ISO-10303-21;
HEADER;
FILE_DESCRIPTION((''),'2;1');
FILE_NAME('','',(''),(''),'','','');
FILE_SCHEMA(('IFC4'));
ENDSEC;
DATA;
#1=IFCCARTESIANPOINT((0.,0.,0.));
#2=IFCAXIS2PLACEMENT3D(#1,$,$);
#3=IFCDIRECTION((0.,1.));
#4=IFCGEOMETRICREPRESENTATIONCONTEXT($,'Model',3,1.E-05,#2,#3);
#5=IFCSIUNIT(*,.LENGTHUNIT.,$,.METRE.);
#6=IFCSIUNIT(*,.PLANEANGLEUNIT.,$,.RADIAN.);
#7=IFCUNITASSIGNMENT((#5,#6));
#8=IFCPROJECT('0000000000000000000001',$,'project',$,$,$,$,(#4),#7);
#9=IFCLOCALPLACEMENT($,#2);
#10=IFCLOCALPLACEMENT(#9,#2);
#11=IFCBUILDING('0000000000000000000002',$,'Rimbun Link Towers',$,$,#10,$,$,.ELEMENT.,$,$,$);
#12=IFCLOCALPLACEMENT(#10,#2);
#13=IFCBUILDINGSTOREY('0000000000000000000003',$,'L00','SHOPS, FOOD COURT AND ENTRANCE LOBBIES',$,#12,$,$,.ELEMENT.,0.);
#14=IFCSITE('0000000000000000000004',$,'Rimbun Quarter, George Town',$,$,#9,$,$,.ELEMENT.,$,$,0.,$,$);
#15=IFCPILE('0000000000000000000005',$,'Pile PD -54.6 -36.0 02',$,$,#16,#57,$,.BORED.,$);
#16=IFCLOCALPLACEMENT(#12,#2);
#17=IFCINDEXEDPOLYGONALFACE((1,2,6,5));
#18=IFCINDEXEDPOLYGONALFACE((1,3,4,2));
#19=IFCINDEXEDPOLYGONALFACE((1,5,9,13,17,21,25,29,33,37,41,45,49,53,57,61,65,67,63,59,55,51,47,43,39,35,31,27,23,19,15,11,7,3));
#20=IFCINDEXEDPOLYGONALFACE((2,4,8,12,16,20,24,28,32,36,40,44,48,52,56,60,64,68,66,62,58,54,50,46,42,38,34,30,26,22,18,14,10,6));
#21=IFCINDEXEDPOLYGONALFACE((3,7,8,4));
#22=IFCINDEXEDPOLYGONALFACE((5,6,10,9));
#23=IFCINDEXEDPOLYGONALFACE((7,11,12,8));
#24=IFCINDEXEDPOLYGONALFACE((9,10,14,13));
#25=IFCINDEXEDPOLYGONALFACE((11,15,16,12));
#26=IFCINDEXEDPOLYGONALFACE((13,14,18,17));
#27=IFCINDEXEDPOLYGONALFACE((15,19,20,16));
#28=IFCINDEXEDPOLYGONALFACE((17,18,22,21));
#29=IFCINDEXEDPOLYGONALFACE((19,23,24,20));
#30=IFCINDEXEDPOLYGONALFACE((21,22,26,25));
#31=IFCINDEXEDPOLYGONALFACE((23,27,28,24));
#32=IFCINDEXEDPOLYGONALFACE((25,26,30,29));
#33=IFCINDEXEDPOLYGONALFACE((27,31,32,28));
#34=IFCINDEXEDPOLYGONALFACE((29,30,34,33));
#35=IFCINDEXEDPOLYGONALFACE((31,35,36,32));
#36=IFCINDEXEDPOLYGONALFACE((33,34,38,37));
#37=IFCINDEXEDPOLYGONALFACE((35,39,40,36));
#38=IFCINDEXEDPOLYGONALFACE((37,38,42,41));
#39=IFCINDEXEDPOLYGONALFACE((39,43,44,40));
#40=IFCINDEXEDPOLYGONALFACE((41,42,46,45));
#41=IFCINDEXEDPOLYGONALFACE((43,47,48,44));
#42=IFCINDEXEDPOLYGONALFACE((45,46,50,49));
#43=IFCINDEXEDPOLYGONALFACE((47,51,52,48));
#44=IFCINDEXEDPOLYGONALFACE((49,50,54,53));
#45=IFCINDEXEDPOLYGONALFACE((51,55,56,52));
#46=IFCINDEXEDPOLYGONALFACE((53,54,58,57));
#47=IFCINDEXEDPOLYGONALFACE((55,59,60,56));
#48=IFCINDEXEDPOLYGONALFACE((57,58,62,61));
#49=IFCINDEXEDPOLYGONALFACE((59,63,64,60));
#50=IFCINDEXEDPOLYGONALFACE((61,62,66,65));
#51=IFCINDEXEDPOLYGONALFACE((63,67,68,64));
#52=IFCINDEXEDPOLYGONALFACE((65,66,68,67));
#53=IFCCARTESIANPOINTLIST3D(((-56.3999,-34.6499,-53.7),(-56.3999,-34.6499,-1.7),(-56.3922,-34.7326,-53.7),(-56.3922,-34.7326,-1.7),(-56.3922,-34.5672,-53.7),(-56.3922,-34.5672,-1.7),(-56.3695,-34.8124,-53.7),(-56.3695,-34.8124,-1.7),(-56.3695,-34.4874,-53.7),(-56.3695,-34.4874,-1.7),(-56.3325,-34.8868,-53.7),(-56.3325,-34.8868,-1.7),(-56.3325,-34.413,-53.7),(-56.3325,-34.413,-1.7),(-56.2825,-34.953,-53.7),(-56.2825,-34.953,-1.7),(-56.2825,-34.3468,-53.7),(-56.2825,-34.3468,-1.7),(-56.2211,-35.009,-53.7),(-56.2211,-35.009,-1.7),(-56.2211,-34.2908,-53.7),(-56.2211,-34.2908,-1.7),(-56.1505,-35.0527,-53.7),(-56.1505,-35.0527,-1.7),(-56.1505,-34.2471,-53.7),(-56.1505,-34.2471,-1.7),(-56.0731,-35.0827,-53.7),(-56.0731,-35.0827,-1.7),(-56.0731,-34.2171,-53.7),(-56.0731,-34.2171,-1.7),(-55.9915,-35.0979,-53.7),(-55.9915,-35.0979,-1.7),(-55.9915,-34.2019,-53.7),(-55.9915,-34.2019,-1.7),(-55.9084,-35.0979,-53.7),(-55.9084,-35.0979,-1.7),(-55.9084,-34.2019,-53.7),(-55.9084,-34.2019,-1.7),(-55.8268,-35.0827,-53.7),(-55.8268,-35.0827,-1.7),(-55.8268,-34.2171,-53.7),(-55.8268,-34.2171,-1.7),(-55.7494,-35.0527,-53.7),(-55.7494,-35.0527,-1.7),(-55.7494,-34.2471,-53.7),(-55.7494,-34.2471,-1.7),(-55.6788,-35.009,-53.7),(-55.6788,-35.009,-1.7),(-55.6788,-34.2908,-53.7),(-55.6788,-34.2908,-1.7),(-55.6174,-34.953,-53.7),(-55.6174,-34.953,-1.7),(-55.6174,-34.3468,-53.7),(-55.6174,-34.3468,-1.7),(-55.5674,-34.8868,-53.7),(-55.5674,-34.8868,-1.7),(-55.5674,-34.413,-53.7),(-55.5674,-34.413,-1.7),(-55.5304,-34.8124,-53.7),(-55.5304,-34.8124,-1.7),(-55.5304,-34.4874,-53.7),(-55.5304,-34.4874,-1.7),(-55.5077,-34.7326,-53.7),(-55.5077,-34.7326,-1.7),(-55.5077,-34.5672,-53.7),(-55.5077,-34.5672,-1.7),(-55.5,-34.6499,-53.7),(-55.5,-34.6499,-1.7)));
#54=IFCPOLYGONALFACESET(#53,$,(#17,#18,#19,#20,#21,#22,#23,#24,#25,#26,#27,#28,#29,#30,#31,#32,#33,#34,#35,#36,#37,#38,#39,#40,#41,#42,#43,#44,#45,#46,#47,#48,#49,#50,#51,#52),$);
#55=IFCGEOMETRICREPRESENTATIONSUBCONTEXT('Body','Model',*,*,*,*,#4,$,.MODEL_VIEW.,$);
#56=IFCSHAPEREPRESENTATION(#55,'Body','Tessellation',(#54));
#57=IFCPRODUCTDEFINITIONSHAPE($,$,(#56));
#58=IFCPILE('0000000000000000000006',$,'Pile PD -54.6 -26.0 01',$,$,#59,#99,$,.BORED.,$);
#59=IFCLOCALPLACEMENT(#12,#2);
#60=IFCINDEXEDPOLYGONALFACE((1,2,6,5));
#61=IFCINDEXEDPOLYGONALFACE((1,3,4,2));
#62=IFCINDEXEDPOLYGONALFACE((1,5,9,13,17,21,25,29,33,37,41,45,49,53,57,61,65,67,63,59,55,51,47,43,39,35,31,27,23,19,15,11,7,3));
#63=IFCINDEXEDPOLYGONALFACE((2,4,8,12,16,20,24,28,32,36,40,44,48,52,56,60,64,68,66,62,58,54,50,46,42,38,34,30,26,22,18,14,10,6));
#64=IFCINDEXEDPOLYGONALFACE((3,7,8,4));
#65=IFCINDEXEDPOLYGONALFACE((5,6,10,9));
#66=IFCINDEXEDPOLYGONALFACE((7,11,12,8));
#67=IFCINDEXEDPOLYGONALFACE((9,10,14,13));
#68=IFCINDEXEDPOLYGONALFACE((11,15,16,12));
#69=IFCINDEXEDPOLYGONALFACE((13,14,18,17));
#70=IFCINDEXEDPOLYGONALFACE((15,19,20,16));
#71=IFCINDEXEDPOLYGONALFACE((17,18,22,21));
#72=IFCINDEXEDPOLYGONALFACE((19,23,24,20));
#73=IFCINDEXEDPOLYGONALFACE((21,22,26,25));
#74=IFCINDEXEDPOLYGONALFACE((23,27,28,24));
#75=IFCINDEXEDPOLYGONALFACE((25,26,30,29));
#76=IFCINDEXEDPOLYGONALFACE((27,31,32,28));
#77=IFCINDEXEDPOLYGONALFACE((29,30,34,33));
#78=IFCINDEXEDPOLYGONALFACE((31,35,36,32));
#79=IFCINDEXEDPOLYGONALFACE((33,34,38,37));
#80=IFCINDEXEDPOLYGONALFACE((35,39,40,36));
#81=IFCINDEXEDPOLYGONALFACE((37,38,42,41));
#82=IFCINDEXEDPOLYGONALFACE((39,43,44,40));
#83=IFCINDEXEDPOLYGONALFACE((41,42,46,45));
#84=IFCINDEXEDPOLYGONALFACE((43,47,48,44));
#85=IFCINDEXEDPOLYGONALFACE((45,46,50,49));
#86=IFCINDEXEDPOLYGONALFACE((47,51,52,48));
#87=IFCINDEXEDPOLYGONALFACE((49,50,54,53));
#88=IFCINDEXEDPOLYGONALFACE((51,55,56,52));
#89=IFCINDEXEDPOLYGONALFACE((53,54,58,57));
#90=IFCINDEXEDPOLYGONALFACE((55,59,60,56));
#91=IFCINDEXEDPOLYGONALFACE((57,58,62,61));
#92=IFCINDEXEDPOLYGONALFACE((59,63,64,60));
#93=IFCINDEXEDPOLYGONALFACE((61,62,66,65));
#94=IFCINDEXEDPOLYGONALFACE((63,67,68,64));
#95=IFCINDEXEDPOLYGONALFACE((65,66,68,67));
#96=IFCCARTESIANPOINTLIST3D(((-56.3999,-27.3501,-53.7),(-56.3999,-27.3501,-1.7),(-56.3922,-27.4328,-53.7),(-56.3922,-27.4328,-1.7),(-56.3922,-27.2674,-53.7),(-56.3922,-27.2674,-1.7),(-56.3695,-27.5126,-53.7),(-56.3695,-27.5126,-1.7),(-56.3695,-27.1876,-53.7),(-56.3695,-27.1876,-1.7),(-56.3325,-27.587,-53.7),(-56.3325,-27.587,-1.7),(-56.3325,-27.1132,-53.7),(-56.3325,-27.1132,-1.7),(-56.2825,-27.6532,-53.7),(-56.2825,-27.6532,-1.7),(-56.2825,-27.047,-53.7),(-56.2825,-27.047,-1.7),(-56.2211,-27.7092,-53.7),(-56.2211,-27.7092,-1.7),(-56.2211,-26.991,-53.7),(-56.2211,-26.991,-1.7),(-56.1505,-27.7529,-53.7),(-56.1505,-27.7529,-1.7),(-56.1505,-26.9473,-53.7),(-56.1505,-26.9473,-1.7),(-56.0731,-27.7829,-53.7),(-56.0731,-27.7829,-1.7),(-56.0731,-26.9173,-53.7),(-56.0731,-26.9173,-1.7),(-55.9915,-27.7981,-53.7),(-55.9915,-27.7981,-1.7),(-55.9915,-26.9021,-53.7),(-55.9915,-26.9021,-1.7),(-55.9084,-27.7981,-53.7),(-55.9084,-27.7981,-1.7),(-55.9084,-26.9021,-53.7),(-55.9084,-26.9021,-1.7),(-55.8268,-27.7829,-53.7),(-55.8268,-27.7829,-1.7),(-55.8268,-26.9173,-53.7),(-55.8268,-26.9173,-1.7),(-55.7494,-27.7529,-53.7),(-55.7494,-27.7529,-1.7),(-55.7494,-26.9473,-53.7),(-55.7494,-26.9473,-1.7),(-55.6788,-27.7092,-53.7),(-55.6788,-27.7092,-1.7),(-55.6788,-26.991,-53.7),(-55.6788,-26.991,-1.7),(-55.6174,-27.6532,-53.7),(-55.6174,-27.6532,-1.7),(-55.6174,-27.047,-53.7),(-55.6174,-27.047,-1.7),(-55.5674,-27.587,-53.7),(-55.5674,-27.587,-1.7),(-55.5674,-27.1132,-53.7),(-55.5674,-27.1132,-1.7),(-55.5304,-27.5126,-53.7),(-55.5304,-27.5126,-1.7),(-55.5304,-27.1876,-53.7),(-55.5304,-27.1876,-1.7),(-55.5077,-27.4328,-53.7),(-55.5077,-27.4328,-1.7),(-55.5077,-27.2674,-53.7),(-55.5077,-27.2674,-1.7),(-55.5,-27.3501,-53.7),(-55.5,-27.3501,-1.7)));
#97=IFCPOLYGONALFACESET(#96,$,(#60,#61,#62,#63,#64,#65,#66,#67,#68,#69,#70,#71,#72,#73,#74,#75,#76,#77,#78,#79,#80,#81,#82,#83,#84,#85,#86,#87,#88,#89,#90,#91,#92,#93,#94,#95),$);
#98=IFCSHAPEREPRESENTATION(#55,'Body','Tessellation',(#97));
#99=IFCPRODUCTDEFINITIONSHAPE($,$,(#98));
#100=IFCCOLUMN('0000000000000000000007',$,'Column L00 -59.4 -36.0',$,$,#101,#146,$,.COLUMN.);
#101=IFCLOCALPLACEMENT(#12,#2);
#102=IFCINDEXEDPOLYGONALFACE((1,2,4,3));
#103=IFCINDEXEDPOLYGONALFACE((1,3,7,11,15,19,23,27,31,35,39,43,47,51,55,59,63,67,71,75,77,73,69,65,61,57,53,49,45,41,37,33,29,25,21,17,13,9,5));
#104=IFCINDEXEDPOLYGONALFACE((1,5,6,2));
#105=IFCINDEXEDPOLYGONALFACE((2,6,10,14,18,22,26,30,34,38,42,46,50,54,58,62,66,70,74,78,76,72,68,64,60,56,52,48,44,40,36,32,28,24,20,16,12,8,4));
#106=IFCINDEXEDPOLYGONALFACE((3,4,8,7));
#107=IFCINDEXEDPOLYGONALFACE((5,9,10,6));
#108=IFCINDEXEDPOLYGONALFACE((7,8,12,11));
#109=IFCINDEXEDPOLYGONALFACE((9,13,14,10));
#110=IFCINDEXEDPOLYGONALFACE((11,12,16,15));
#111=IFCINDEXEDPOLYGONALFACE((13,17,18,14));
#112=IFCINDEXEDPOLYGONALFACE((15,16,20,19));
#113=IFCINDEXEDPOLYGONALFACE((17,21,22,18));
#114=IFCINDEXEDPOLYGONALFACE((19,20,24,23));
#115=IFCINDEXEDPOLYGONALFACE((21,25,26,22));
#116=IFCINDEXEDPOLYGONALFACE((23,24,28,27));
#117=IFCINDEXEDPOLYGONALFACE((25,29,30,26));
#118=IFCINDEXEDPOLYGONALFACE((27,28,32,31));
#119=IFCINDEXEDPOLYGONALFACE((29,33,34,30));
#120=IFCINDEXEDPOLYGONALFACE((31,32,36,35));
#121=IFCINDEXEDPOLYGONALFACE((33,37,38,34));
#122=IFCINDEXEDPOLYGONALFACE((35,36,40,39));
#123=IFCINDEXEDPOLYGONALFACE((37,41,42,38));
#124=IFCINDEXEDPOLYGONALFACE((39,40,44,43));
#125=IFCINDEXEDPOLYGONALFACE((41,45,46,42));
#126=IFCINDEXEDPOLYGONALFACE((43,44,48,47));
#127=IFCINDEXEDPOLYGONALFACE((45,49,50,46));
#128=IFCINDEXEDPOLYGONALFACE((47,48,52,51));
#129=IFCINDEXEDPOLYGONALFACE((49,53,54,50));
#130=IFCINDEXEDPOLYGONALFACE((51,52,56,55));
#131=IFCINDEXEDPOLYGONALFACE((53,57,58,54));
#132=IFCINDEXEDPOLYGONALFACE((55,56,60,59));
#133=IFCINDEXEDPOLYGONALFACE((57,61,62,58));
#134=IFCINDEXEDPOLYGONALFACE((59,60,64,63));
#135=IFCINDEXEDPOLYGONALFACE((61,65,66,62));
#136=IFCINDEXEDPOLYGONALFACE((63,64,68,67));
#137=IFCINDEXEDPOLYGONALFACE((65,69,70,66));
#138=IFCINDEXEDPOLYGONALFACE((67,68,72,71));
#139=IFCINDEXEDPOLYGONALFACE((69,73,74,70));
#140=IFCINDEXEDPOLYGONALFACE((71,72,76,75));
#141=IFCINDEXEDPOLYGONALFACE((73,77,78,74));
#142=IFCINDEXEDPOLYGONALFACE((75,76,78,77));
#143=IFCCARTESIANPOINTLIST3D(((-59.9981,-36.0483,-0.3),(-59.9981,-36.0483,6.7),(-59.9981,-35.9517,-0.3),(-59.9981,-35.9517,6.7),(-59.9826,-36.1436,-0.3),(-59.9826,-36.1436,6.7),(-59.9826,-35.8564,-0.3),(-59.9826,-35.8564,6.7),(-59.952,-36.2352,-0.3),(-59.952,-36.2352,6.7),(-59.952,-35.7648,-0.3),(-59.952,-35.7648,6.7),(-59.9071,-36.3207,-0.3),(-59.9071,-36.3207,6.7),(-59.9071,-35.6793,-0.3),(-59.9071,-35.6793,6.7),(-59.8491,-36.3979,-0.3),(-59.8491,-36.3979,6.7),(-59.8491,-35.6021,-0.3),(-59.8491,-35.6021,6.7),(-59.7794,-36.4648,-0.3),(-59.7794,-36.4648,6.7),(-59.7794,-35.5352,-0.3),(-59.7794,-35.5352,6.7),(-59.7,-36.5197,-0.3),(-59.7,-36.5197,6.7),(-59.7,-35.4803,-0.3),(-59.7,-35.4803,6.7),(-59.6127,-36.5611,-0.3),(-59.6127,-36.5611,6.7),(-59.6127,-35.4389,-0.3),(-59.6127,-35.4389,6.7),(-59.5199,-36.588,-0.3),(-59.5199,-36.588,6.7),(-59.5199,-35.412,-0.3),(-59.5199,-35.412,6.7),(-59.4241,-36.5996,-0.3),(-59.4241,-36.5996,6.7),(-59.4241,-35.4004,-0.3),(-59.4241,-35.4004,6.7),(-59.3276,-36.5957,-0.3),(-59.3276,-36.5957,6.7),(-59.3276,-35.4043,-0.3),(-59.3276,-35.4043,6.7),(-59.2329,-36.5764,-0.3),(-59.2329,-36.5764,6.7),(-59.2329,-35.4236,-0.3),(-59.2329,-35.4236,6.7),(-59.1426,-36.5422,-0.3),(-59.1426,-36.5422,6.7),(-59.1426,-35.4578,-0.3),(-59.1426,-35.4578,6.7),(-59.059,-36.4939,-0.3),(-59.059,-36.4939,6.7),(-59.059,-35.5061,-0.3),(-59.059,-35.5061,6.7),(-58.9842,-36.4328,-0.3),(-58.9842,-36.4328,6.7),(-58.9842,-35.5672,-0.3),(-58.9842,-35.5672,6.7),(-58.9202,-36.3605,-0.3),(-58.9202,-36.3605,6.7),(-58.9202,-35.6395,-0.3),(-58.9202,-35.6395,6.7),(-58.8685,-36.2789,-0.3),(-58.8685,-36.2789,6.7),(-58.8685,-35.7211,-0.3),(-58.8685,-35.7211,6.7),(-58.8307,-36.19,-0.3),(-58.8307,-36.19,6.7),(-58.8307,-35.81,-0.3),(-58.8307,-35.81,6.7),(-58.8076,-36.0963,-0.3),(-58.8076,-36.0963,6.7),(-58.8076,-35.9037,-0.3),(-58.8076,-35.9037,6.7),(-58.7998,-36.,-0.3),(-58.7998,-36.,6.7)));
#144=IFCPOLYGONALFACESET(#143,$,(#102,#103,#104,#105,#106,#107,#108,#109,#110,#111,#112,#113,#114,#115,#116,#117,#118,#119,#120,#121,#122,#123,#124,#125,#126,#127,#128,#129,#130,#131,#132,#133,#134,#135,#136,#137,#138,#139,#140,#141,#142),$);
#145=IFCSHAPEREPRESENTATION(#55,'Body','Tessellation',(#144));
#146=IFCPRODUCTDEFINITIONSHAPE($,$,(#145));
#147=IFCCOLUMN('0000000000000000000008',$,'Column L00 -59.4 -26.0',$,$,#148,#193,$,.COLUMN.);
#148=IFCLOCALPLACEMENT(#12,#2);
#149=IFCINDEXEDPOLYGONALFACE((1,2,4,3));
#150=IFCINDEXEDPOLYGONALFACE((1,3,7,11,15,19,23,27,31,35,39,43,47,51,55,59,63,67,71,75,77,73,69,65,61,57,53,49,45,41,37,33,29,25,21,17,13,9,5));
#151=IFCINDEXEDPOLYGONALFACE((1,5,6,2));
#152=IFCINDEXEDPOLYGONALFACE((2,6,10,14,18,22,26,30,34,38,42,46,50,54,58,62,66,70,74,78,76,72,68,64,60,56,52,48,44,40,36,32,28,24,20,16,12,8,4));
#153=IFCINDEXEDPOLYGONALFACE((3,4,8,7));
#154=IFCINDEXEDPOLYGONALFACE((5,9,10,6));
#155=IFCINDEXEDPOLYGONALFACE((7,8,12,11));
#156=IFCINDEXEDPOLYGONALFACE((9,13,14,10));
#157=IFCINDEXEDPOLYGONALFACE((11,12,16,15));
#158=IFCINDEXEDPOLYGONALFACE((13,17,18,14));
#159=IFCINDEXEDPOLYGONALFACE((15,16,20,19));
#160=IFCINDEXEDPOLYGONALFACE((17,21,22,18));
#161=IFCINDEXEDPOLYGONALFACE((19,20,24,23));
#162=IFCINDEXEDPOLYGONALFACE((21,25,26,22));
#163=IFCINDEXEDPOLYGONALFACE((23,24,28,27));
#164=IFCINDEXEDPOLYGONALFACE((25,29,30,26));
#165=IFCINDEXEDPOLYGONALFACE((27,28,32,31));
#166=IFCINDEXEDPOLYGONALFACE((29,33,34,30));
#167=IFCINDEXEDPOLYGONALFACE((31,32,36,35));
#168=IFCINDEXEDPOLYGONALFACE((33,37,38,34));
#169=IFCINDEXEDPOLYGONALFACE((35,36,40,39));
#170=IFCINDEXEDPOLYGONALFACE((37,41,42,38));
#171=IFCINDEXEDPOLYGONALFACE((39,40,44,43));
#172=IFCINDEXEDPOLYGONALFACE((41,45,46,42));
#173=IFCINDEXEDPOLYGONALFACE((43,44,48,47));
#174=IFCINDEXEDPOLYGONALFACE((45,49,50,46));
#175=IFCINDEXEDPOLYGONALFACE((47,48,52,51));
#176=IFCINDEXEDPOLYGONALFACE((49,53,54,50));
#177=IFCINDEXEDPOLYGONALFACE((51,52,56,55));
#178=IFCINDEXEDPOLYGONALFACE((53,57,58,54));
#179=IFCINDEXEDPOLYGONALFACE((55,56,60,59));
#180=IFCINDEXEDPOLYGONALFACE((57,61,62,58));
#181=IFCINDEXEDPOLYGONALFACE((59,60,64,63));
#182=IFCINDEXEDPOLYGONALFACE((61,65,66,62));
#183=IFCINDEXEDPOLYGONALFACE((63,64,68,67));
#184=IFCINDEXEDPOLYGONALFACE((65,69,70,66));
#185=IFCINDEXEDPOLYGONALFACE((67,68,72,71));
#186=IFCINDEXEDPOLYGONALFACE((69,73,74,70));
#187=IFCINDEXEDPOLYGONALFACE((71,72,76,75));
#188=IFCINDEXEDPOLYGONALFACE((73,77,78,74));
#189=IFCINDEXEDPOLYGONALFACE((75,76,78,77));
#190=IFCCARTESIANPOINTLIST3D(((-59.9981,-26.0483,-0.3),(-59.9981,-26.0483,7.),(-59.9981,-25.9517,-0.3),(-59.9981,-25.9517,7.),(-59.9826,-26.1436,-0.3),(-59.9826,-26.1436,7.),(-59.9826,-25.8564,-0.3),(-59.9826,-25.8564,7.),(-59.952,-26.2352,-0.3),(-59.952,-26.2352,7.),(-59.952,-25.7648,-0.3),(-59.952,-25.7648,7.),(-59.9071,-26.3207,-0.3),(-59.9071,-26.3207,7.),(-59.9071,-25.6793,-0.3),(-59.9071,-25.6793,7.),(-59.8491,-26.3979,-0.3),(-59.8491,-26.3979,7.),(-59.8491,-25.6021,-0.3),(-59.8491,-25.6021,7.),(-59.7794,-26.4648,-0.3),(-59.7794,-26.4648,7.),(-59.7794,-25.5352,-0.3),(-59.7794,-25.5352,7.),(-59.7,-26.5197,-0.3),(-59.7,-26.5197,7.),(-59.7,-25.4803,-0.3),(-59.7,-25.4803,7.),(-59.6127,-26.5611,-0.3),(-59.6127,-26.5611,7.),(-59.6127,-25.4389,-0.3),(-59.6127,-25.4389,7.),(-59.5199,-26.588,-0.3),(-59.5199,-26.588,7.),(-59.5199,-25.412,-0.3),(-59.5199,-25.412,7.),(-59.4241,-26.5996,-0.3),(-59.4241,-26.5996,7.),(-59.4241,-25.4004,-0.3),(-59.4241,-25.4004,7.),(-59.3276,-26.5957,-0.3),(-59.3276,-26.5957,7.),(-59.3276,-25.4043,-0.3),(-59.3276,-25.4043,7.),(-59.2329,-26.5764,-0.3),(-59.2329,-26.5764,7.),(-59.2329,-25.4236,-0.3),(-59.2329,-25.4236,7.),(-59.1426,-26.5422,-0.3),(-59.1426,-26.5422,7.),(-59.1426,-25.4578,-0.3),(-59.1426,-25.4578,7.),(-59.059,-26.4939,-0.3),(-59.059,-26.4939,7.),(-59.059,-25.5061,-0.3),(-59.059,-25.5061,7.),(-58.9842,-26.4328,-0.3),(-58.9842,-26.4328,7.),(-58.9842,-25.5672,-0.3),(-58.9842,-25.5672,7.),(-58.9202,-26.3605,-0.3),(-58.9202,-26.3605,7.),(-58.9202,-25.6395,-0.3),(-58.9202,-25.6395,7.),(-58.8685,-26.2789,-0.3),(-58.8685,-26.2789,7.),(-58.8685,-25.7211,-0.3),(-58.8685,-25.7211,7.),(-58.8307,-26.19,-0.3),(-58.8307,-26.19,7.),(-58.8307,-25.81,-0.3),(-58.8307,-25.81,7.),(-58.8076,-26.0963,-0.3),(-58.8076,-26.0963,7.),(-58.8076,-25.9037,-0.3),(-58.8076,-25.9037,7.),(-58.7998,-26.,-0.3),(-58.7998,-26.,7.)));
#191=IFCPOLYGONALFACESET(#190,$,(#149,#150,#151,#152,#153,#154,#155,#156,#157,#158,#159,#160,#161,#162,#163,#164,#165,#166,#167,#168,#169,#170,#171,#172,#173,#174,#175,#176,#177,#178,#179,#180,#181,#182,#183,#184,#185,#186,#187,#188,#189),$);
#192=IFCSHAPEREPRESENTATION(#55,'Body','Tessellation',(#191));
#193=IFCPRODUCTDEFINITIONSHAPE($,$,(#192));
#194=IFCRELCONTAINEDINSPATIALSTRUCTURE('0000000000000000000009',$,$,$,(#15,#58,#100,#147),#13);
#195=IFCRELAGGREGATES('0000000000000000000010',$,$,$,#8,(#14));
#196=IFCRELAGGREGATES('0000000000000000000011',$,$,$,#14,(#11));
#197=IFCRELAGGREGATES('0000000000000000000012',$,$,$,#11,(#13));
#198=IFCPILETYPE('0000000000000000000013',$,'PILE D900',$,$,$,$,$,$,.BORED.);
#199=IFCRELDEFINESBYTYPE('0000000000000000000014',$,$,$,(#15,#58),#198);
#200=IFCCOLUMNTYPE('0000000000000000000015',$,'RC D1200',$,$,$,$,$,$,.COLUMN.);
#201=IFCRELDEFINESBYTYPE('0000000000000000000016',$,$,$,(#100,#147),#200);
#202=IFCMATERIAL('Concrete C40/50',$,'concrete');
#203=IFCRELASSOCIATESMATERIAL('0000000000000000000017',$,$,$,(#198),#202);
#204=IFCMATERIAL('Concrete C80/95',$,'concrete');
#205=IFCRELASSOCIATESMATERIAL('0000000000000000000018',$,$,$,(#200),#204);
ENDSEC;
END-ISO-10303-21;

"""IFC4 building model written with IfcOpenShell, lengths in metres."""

from ifc_helpers import new_model, si_unit, direction, frame, origin, origin_2d, place, context, subcontext, project, spatial, circle, extrude, material, material_profile, profile_set, type_object, element, save


model = new_model("IFC4")

# Units and contexts
model_context = context("Model", 3, precision=1e-05, world=origin(), true_north=direction((0.0, 1.0)))
body_context = subcontext(model_context, "Body", "Model", "MODEL_VIEW")
ifc_project = project(units=[si_unit("LENGTHUNIT", "METRE"), si_unit("PLANEANGLEUNIT", "RADIAN")], contexts=[model_context])

# Site, building, storey
site_placement = place(None, origin())
site = spatial("IfcSite", under=ifc_project, at=site_placement, Name="Rimbun Quarter, George Town", CompositionType="ELEMENT", RefElevation=0.0)
building_placement = place(site_placement, origin())
building = spatial("IfcBuilding", under=site, at=building_placement, Name="Rimbun Link Towers", CompositionType="ELEMENT")
storey_placement = place(building_placement, origin())
storey = spatial("IfcBuildingStorey", under=building, at=storey_placement, Name="L00", Description="SHOPS, FOOD COURT AND ENTRANCE LOBBIES", CompositionType="ELEMENT", Elevation=0.0)

# Piles
ifc_material_1 = material(Name="Concrete C40/50", Category="concrete")
ifc_material_profile_1 = material_profile(ifc_material_1, circle(Radius=0.45, at=origin_2d()), Name="PILE D900")
ifc_profile_set_1 = profile_set([ifc_material_profile_1], Name="Concrete C40/50")
pile_type = type_object("IfcPileType", Name="PILE D900", PredefinedType="BORED", material=ifc_profile_set_1)
for number, where, z_axis, x_axis, name in (
    (1, (-55.95, -34.6499, -1.7), (0.0, 0.0, -1.0), (1.0, 0.0, 0.0), "Pile PD -54.6 -36.0 02"),
    (2, (-55.95, -27.3501, -1.7), (0.0, 0.0, -1.0), (1.0, 0.0, 0.0), "Pile PD -54.6 -26.0 01"),
):
    element("IfcPile", number, at=place(storey_placement, frame(where, z_axis=z_axis, x_axis=x_axis)), inside=storey, type_object=pile_type, Name=name, PredefinedType="BORED", context=body_context, shape_type="SweptSolid", body=[
        extrude(circle(Radius=0.45, at=origin_2d()), origin(), (0.0, 0.0, 1.0), 52.0),
    ])

# Columns
ifc_material_2 = material(Name="Concrete C80/95", Category="concrete")
ifc_material_profile_2 = material_profile(ifc_material_2, circle(Radius=0.6001, at=origin_2d()), Name="RC D1200")
ifc_profile_set_2 = profile_set([ifc_material_profile_2], Name="Concrete C80/95")
column_type = type_object("IfcColumnType", Name="RC D1200", PredefinedType="COLUMN", material=ifc_profile_set_2)
column_placement = place(storey_placement, frame((-59.3999, -36.0, -0.3), z_axis=(0.0, 0.0, 1.0), x_axis=(1.0, 0.0, 0.0)))
element("IfcColumn", 3, at=column_placement, inside=storey, type_object=column_type, Name="Column L00 -59.4 -36.0", PredefinedType="COLUMN", context=body_context, shape_type="SweptSolid", body=[
    extrude(circle(Radius=0.6001, at=origin_2d()), origin(), (0.0, 0.0, 1.0), 7.0),
])
for number, where, z_axis, x_axis, name in (
    (4, (-59.3999, -26.0, -0.3), (0.0, 0.0, 1.0), (1.0, 0.0, 0.0), "Column L00 -59.4 -26.0"),
):
    element("IfcColumn", number, at=place(storey_placement, frame(where, z_axis=z_axis, x_axis=x_axis)), inside=storey, type_object=column_type, Name=name, PredefinedType="COLUMN", context=body_context, shape_type="SweptSolid", body=[
        extrude(circle(Radius=0.6001, at=origin_2d()), origin(), (0.0, 0.0, 1.0), 7.3),
    ])

save(model, "model.ifc")
